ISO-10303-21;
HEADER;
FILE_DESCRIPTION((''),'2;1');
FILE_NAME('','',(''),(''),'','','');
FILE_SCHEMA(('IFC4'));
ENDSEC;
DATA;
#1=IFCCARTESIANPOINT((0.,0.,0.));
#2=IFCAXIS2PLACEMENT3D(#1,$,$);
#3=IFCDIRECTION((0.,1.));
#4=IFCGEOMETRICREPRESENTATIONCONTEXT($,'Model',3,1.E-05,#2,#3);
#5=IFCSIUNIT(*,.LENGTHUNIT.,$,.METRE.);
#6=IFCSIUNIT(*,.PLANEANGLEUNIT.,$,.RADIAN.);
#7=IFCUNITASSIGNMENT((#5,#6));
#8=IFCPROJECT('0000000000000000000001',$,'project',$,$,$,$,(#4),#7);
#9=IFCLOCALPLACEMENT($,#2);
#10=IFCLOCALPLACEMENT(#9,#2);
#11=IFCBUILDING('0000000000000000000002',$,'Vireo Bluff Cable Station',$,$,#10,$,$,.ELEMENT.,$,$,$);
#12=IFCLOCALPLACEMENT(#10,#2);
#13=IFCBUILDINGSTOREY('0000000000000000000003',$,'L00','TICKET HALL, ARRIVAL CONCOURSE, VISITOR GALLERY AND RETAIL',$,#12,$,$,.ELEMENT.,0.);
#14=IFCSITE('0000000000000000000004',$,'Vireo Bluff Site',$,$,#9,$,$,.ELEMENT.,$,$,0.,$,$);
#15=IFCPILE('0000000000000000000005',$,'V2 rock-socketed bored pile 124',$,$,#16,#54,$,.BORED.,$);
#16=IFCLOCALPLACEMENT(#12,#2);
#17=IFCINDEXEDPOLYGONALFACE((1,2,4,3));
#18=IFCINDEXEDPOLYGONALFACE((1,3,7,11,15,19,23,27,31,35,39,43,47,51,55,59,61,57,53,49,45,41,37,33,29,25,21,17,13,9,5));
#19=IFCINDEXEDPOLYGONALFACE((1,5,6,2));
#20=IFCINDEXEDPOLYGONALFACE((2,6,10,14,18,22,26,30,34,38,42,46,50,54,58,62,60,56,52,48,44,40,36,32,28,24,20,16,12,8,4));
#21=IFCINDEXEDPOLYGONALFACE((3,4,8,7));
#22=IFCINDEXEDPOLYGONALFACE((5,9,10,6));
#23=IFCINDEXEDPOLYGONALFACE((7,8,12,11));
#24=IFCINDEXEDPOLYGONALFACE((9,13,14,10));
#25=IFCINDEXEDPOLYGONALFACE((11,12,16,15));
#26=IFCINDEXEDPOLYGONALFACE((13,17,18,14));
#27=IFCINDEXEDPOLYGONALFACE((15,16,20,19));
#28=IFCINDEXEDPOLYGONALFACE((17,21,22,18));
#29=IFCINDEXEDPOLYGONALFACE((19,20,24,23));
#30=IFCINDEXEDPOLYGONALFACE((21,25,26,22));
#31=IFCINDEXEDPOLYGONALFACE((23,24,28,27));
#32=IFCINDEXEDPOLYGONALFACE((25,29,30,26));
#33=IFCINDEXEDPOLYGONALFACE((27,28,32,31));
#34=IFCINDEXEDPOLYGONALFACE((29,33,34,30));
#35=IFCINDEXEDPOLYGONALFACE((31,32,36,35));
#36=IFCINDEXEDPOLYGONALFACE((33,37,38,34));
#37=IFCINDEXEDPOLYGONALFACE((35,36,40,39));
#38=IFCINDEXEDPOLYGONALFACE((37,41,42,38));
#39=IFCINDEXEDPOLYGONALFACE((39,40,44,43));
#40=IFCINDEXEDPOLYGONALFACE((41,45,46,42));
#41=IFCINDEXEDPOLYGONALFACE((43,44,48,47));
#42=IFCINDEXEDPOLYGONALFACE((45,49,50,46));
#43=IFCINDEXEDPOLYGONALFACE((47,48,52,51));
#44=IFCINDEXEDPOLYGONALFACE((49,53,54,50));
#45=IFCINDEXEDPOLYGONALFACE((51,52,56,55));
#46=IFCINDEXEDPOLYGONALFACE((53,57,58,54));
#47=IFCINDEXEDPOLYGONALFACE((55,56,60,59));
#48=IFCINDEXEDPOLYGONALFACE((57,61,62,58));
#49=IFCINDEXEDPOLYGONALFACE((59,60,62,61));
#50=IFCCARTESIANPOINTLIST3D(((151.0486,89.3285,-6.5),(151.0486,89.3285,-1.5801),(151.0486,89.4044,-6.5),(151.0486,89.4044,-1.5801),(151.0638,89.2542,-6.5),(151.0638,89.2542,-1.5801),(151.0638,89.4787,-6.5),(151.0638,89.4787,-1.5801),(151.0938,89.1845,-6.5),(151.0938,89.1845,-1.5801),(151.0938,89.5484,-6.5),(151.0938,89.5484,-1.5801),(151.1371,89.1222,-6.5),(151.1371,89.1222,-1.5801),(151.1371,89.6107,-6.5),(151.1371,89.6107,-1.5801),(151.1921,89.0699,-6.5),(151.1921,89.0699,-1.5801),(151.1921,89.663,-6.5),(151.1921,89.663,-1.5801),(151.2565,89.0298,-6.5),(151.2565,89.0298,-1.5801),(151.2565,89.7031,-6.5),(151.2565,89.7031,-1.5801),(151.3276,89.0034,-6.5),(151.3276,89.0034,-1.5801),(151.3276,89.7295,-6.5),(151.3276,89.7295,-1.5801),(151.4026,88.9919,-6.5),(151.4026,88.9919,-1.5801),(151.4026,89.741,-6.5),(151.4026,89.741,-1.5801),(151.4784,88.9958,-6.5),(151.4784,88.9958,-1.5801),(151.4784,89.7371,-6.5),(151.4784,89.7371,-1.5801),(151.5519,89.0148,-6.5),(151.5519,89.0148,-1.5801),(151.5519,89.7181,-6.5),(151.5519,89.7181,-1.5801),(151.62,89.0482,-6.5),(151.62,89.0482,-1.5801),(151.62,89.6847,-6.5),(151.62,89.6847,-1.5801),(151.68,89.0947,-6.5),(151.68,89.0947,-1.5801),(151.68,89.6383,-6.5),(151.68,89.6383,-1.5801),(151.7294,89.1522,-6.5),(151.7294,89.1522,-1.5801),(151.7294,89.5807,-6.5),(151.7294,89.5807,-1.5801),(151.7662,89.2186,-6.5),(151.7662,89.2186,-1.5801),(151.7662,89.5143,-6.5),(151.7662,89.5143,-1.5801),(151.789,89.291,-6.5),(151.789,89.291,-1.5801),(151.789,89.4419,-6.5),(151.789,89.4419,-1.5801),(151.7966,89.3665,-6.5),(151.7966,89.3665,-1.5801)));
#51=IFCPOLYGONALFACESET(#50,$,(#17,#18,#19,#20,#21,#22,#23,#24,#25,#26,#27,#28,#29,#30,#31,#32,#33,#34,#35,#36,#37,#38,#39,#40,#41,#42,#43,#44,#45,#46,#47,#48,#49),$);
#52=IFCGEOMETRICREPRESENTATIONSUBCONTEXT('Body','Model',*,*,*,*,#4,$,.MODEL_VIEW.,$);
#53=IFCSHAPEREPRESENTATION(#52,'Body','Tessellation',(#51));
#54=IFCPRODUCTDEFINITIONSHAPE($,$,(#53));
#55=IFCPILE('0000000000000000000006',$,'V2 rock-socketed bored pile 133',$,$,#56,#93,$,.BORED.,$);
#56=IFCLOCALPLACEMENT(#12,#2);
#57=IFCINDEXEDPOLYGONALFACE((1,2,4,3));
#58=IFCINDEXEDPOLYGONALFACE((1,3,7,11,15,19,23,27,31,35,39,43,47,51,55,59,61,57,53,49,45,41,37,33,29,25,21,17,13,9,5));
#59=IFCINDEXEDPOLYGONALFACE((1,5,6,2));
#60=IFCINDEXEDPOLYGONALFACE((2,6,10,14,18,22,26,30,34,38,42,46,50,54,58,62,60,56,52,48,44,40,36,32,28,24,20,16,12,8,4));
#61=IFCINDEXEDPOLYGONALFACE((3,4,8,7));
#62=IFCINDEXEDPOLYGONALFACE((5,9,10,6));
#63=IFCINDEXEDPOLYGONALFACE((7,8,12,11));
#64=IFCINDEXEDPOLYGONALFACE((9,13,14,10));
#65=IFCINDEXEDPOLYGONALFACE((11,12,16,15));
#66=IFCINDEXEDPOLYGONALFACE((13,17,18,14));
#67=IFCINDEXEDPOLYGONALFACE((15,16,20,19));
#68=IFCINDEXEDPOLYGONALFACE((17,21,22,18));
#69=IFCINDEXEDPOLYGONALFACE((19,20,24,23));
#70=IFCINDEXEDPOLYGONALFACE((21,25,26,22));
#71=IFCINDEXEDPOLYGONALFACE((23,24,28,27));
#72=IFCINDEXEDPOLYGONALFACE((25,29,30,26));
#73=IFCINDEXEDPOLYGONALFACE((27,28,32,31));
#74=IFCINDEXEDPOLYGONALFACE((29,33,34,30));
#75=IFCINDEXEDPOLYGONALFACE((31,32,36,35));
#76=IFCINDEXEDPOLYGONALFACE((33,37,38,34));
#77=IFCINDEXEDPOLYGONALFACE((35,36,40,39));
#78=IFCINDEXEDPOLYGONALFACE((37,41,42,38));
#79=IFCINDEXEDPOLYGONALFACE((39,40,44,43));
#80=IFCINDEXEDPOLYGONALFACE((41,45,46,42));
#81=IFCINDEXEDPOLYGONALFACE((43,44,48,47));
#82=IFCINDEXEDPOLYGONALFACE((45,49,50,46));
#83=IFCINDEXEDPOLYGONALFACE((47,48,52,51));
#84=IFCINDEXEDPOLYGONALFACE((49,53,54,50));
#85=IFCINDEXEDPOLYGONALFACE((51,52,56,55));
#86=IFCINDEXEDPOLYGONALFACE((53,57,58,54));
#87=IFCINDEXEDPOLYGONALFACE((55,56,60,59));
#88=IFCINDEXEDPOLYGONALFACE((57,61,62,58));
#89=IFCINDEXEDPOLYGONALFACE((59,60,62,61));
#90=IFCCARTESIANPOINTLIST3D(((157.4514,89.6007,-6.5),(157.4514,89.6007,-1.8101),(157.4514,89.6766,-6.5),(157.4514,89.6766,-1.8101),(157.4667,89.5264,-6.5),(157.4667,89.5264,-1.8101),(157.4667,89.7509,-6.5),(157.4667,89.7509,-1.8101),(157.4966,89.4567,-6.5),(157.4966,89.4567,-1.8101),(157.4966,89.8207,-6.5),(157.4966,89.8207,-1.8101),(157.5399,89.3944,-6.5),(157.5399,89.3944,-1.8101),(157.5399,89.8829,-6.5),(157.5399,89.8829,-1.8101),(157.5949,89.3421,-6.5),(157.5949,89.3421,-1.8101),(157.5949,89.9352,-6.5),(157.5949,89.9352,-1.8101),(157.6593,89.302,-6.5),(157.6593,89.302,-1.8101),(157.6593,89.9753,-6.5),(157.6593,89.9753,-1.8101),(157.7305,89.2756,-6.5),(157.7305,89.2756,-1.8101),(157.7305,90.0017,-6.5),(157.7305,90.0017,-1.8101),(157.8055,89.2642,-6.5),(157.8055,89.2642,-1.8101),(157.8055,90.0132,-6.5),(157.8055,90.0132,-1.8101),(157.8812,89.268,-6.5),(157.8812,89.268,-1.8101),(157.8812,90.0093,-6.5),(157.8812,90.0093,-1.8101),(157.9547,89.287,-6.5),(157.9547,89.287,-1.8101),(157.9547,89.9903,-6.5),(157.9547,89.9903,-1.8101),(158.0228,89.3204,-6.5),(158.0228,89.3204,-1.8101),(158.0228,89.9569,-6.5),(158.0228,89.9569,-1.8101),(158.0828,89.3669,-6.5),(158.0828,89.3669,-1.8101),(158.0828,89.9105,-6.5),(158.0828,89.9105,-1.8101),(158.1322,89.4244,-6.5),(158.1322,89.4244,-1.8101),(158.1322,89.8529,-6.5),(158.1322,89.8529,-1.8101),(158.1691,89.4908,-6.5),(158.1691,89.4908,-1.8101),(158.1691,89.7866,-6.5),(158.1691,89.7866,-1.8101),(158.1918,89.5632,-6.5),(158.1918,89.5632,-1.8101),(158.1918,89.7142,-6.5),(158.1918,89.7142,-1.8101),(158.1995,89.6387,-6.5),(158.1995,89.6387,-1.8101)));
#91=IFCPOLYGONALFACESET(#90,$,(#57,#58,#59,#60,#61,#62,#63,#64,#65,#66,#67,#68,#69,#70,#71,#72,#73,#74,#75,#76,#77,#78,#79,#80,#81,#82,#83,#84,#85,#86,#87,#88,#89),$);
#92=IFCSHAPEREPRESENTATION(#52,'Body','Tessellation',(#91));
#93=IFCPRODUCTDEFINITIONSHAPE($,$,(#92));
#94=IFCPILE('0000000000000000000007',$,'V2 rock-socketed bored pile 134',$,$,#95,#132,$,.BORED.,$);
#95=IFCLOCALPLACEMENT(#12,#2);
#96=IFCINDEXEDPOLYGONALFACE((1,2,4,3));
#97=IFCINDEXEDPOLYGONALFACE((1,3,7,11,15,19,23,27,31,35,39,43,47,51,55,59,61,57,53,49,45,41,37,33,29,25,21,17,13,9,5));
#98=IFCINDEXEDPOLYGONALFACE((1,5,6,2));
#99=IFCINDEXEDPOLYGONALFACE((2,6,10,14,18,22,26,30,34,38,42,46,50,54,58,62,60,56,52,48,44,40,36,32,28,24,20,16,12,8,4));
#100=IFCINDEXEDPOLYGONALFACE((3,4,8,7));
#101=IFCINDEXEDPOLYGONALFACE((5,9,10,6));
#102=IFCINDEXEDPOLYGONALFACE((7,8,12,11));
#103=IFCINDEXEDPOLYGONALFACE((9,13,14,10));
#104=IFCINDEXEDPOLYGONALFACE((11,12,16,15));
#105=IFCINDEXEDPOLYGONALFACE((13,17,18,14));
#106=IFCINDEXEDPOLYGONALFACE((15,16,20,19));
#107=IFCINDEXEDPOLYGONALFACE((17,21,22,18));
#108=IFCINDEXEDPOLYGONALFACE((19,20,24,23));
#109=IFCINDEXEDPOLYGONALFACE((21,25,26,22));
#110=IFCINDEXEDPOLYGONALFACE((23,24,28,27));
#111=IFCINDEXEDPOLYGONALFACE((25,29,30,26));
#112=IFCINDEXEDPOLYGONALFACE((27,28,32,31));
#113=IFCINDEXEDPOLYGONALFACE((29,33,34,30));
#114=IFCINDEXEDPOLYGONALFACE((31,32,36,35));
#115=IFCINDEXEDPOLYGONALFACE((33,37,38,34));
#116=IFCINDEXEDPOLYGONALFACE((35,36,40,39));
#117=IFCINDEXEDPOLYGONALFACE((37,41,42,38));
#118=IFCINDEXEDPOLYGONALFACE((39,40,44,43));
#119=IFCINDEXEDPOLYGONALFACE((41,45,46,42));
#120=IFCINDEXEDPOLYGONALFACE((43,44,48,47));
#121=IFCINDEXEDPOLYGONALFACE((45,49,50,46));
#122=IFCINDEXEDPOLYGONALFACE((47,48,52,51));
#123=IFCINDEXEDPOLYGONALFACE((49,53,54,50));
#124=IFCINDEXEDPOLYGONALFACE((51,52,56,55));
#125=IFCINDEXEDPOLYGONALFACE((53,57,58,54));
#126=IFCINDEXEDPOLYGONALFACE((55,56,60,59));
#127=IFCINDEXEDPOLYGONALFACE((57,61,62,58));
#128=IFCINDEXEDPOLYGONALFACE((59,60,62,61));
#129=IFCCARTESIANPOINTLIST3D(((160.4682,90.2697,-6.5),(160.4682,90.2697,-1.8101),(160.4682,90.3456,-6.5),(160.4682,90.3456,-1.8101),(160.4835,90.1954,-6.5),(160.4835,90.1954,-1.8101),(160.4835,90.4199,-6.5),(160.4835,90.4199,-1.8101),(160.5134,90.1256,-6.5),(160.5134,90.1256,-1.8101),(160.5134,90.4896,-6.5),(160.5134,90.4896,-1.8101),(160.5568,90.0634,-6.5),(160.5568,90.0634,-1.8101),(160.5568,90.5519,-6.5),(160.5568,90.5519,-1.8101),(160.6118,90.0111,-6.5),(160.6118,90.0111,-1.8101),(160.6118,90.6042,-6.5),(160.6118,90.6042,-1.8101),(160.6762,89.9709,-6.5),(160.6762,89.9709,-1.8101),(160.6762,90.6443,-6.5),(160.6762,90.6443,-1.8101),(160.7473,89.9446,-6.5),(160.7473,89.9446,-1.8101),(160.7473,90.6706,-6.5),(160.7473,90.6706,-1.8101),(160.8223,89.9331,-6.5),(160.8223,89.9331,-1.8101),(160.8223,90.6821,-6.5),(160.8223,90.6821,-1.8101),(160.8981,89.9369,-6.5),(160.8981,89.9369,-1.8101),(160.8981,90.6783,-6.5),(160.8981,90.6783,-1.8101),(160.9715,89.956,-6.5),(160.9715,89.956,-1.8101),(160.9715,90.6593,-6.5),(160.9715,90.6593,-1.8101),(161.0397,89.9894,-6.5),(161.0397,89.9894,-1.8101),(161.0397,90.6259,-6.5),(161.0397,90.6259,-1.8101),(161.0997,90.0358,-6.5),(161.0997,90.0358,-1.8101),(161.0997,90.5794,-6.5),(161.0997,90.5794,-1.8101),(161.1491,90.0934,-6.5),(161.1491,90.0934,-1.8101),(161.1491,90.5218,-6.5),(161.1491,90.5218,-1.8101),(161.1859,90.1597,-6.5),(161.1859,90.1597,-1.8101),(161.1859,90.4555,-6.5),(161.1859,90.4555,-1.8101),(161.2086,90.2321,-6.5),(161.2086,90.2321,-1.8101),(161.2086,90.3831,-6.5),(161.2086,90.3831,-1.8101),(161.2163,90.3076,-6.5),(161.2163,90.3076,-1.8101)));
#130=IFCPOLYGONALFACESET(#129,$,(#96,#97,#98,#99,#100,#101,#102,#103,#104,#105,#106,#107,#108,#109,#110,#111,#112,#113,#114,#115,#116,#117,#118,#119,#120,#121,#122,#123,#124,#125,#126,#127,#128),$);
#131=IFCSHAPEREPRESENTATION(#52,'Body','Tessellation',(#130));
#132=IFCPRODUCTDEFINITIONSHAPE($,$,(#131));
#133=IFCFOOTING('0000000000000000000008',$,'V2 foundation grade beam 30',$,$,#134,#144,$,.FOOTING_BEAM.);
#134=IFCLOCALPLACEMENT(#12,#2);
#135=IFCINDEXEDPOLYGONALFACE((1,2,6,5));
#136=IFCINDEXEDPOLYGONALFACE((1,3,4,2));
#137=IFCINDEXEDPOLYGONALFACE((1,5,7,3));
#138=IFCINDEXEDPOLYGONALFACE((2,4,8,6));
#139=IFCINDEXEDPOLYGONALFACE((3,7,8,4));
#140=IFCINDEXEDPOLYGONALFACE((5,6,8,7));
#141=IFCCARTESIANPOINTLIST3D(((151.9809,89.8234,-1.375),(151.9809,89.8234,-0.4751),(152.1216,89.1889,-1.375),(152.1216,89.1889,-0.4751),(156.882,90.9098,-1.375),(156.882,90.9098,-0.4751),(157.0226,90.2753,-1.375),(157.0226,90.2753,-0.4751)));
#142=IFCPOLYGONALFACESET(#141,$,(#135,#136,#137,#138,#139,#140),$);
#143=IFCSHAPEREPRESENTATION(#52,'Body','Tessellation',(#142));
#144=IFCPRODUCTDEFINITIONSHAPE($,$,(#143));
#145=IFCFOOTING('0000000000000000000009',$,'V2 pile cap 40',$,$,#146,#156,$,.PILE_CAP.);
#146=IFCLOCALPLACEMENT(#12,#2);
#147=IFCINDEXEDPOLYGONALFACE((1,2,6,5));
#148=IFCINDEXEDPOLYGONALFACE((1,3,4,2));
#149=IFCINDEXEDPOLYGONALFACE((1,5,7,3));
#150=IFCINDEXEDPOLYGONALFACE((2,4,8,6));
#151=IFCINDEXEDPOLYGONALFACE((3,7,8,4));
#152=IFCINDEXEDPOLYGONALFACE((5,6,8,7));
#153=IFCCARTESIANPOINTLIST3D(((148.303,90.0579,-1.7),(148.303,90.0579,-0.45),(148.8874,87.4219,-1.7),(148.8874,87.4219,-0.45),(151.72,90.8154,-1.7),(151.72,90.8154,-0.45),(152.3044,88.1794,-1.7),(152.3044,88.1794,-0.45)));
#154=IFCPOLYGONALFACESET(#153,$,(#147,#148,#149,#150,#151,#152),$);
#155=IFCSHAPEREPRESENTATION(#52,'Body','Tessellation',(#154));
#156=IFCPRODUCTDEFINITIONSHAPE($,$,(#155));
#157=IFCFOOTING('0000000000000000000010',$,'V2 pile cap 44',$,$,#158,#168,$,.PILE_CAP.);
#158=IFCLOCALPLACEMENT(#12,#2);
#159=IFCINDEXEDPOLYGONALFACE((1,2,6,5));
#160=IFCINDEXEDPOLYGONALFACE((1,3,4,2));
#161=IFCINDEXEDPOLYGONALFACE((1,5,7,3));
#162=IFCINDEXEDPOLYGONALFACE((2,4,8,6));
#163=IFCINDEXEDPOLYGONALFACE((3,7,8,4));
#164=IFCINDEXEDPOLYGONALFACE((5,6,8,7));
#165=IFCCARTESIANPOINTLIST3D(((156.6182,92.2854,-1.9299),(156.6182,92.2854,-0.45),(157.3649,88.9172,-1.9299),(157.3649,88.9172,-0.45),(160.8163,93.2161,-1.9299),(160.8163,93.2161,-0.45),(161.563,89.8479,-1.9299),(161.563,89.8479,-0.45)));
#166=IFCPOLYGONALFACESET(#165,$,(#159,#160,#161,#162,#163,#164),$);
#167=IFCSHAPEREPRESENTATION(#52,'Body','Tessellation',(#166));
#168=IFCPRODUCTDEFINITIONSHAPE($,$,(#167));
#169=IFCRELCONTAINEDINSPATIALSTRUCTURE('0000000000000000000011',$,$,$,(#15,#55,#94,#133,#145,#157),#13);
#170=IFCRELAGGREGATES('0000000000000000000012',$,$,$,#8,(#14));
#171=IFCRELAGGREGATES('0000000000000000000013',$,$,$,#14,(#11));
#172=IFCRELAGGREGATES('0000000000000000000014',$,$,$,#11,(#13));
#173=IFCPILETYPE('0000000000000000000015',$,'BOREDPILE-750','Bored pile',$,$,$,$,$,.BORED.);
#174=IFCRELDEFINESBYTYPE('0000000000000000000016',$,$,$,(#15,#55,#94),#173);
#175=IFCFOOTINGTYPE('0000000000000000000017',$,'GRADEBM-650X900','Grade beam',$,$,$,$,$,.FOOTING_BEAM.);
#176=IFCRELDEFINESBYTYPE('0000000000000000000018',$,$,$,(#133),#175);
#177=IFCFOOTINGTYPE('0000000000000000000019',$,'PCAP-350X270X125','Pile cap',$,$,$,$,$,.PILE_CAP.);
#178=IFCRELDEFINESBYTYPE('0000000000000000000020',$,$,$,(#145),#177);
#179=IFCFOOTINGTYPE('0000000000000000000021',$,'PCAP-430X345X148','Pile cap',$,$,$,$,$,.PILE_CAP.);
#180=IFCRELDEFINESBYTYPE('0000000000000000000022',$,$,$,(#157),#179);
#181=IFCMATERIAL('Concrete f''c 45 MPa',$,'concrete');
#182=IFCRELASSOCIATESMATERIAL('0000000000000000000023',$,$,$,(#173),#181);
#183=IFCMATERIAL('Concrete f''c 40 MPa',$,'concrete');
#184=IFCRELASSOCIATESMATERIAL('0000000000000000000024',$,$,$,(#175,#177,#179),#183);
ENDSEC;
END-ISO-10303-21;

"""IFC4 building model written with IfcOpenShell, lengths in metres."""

from ifc_helpers import new_model, si_unit, direction, frame, origin, origin_2d, place, context, subcontext, project, spatial, rectangle, circle, extrude, material, material_profile, profile_set, type_object, element, save


model = new_model("IFC4")

# Units and contexts
model_context = context("Model", 3, precision=1e-05, world=origin(), true_north=direction((0.0, 1.0)))
body_context = subcontext(model_context, "Body", "Model", "MODEL_VIEW")
ifc_project = project(units=[si_unit("LENGTHUNIT", "METRE"), si_unit("PLANEANGLEUNIT", "RADIAN")], contexts=[model_context])

# Site, building, storey
site_placement = place(None, origin())
site = spatial("IfcSite", under=ifc_project, at=site_placement, Name="Vireo Bluff Site", CompositionType="ELEMENT", RefElevation=0.0)
building_placement = place(site_placement, origin())
building = spatial("IfcBuilding", under=site, at=building_placement, Name="Vireo Bluff Cable Station", CompositionType="ELEMENT")
storey_placement = place(building_placement, origin())
storey = spatial("IfcBuildingStorey", under=building, at=storey_placement, Name="L00", Description="TICKET HALL, ARRIVAL CONCOURSE, VISITOR GALLERY AND RETAIL", CompositionType="ELEMENT", Elevation=0.0)

# Piles
ifc_material_1 = material(Name="Concrete f'c 45 MPa", Category="concrete")
ifc_material_profile_1 = material_profile(ifc_material_1, circle(Radius=0.375, at=origin_2d()), Name="BOREDPILE-750")
ifc_profile_set_1 = profile_set([ifc_material_profile_1], Name="Concrete f'c 45 MPa")
pile_type = type_object("IfcPileType", Name="BOREDPILE-750", Description="Bored pile", PredefinedType="BORED", material=ifc_profile_set_1)
pile_placement = place(storey_placement, frame((151.4216, 89.3665, -1.5801), z_axis=(0.0, 0.0, -1.0), x_axis=(1.0, 0.0, 0.0)))
element("IfcPile", 1, at=pile_placement, inside=storey, type_object=pile_type, Name="V2 rock-socketed bored pile 124", PredefinedType="BORED", context=body_context, shape_type="SweptSolid", body=[
    extrude(circle(Radius=0.375, at=origin_2d()), origin(), (0.0, 0.0, 1.0), 4.9199),
])
for number, where, z_axis, x_axis, name in (
    (2, (157.8245, 89.6387, -1.8101), (0.0, 0.0, -1.0), (1.0, 0.0, 0.0), "V2 rock-socketed bored pile 133"),
    (3, (160.8413, 90.3076, -1.8101), (0.0, 0.0, -1.0), (1.0, 0.0, 0.0), "V2 rock-socketed bored pile 134"),
):
    element("IfcPile", number, at=place(storey_placement, frame(where, z_axis=z_axis, x_axis=x_axis)), inside=storey, type_object=pile_type, Name=name, PredefinedType="BORED", context=body_context, shape_type="SweptSolid", body=[
        extrude(circle(Radius=0.375, at=origin_2d()), origin(), (0.0, 0.0, 1.0), 4.6899),
    ])

# Footings
ifc_material_2 = material(Name="Concrete f'c 40 MPa", Category="concrete")
ifc_material_profile_2 = material_profile(ifc_material_2, rectangle(XDim=0.6499, YDim=0.8999, at=origin_2d()), Name="GRADEBM-650X900")
ifc_profile_set_2 = profile_set([ifc_material_profile_2], Name="Concrete f'c 40 MPa")
footing_type_1 = type_object("IfcFootingType", Name="GRADEBM-650X900", Description="Grade beam", PredefinedType="FOOTING_BEAM", material=ifc_profile_set_2)
footing_1_placement = place(storey_placement, frame((152.0513, 89.5061, -0.925), z_axis=(0.976301, 0.216415, 0.0), x_axis=(-0.216415, 0.976301, 0.0)))
element("IfcFooting", 4, at=footing_1_placement, inside=storey, type_object=footing_type_1, Name="V2 foundation grade beam 30", PredefinedType="FOOTING_BEAM", context=body_context, shape_type="SweptSolid", body=[
    extrude(rectangle(XDim=0.6499, YDim=0.8999, at=origin_2d()), origin(), (0.0, 0.0, 1.0), 5.02),
])
footing_type_2 = type_object("IfcFootingType", Name="PCAP-350X270X125", Description="Pile cap", PredefinedType="PILE_CAP", material=ifc_material_2)
footing_2_placement = place(storey_placement, frame((150.3037, 89.1187, -1.7), z_axis=(0.0, 0.0, 1.0), x_axis=(0.976296, 0.21644, 0.0)))
element("IfcFooting", 5, at=footing_2_placement, inside=storey, type_object=footing_type_2, Name="V2 pile cap 40", PredefinedType="PILE_CAP", context=body_context, shape_type="SweptSolid", body=[
    extrude(rectangle(XDim=3.5, YDim=2.7, at=origin_2d()), origin(), (0.0, 0.0, 1.0), 1.25),
])
footing_type_3 = type_object("IfcFootingType", Name="PCAP-430X345X148", Description="Pile cap", PredefinedType="PILE_CAP", material=ifc_material_2)
footing_3_placement = place(storey_placement, frame((159.0906, 91.0667, -1.9299), z_axis=(0.0, 0.0, 1.0), x_axis=(0.976296, 0.21644, 0.0)))
element("IfcFooting", 6, at=footing_3_placement, inside=storey, type_object=footing_type_3, Name="V2 pile cap 44", PredefinedType="PILE_CAP", context=body_context, shape_type="SweptSolid", body=[
    extrude(rectangle(XDim=4.3, YDim=3.45, at=origin_2d()), origin(), (0.0, 0.0, 1.0), 1.48),
])

save(model, "model.ifc")
